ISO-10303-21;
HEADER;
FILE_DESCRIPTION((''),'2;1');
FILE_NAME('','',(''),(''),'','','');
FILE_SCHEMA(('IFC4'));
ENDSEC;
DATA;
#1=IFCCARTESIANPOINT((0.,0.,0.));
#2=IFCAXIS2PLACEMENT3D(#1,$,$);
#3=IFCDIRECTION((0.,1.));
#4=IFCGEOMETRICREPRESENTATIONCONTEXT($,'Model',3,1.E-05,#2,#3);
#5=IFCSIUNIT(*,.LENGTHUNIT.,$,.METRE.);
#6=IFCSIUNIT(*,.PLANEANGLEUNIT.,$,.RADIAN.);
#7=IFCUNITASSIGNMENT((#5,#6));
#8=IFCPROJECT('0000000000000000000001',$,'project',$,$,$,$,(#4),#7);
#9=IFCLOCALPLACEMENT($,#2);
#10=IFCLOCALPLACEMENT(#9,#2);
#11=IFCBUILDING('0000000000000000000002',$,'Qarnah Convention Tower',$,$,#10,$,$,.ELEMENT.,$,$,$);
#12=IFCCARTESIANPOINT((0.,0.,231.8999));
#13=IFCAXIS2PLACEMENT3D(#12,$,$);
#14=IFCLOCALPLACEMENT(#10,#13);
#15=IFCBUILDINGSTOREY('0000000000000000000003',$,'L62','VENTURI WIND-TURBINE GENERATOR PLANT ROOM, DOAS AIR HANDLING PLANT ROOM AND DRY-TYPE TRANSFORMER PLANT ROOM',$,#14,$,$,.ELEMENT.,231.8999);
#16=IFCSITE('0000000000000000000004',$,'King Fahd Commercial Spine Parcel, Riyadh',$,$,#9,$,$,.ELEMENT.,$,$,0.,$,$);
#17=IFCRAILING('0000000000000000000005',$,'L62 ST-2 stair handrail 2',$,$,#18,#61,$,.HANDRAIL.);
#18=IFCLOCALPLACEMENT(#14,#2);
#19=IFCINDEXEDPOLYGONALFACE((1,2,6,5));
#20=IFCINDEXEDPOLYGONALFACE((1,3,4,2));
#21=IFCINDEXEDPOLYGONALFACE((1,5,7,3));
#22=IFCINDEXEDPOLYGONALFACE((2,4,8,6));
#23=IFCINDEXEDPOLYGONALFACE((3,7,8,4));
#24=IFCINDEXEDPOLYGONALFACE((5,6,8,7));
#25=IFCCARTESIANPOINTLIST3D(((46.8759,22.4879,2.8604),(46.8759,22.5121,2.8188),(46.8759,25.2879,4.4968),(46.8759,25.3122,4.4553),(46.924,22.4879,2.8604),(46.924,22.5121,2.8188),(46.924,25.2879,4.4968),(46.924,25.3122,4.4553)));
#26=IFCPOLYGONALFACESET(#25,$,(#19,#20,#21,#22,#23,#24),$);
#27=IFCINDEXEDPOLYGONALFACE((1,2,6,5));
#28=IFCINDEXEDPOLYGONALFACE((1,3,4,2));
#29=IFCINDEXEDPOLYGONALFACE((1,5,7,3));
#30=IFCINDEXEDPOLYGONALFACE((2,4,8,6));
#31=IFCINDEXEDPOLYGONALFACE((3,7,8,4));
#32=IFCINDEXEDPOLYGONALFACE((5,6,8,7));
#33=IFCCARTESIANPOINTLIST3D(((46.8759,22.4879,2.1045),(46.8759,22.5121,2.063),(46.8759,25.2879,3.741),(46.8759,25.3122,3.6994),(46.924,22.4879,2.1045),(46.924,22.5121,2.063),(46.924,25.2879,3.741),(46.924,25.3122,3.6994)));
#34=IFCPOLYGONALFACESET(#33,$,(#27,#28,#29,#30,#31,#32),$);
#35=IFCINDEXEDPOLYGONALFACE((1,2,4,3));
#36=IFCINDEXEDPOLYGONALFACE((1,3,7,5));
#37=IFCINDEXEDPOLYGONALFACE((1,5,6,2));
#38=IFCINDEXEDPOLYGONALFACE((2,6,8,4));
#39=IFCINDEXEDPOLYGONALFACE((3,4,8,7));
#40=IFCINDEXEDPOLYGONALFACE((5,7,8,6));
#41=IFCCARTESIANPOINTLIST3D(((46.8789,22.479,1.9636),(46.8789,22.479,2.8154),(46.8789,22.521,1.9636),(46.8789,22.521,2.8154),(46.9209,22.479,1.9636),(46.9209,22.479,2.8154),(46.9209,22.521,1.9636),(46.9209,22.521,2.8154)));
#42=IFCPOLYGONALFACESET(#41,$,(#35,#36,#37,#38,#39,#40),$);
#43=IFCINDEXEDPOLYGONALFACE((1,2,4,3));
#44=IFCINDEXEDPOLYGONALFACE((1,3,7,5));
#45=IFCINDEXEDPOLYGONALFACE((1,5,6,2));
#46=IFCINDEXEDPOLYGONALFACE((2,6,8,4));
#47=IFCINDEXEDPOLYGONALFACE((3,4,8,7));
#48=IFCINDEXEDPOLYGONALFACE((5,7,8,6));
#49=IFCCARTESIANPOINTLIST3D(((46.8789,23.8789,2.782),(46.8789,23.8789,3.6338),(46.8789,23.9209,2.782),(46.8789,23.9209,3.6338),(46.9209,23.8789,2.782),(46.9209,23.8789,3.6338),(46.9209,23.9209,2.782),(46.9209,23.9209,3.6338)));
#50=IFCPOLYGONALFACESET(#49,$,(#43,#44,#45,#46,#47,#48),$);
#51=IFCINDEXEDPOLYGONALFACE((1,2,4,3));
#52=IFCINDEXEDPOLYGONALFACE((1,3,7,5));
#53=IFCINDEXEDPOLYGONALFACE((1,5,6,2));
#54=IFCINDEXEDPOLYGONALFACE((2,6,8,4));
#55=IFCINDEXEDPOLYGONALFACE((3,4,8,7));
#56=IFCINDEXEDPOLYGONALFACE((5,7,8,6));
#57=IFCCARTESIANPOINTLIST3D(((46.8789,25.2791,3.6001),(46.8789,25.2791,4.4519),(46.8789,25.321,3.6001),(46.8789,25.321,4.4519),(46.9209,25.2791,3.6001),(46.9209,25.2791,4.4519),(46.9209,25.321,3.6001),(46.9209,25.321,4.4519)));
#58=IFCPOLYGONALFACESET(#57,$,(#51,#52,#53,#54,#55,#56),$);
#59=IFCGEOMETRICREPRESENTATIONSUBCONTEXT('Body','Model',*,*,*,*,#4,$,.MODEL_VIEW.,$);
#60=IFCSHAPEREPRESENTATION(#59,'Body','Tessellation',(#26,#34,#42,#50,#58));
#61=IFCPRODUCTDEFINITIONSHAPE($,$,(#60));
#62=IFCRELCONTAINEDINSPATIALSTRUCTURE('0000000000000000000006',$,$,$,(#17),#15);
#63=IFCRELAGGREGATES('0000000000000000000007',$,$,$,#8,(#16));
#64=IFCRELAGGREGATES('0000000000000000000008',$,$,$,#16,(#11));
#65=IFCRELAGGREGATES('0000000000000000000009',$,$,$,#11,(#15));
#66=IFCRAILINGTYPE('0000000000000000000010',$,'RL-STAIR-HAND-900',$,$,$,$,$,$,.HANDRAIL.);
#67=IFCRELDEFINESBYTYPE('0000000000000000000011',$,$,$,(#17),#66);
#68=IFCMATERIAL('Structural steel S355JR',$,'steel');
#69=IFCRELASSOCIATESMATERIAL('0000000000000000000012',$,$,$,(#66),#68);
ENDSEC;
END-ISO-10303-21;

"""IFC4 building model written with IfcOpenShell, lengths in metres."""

from ifc_helpers import new_model, si_unit, direction, frame, origin, origin_2d, place, context, subcontext, project, spatial, rectangle, extrude, material, type_object, element, save


model = new_model("IFC4")

# Units and contexts
model_context = context("Model", 3, precision=1e-05, world=origin(), true_north=direction((0.0, 1.0)))
body_context = subcontext(model_context, "Body", "Model", "MODEL_VIEW")
ifc_project = project(units=[si_unit("LENGTHUNIT", "METRE"), si_unit("PLANEANGLEUNIT", "RADIAN")], contexts=[model_context])

# Site, building, storey
site_placement = place(None, origin())
site = spatial("IfcSite", under=ifc_project, at=site_placement, Name="King Fahd Commercial Spine Parcel, Riyadh", CompositionType="ELEMENT", RefElevation=0.0)
building_placement = place(site_placement, origin())
building = spatial("IfcBuilding", under=site, at=building_placement, Name="Qarnah Convention Tower", CompositionType="ELEMENT")
storey_placement = place(building_placement, frame((0.0, 0.0, 231.8999)))
storey = spatial("IfcBuildingStorey", under=building, at=storey_placement, Name="L62", Description="VENTURI WIND-TURBINE GENERATOR PLANT ROOM, DOAS AIR HANDLING PLANT ROOM AND DRY-TYPE TRANSFORMER PLANT ROOM", CompositionType="ELEMENT", Elevation=231.8999)

# Shared definitions
ifc_material_1 = material(Name="Structural steel S355JR", Category="steel")

# Railing
railing_type_1 = type_object("IfcRailingType", Name="RL-STAIR-HAND-900", PredefinedType="HANDRAIL", material=ifc_material_1)
railing_1_placement = place(storey_placement, frame((46.8999, 22.5, 1.9636)))
element("IfcRailing", 1, at=railing_1_placement, inside=storey, type_object=railing_type_1, Name="L62 ST-2 stair handrail 2", PredefinedType="HANDRAIL", context=body_context, shape_type="SweptSolid", body=[
    extrude(rectangle(XDim=0.0481, YDim=0.0481, at=origin_2d()), frame((0.0, 0.0, 0.876), z_axis=(0.0, 0.863361, 0.504587), x_axis=(-1.0, 0.0, 0.0)), (0.0, 0.0, 1.0), 3.2432),
    extrude(rectangle(XDim=0.0481, YDim=0.0481, at=origin_2d()), frame((0.0, 0.0, 0.1201), z_axis=(0.0, 0.863361, 0.504587), x_axis=(-1.0, 0.0, 0.0)), (0.0, 0.0, 1.0), 3.2432),
    extrude(rectangle(XDim=0.042, YDim=0.042, at=origin_2d()), origin(), (0.0, 0.0, 1.0), 0.8518),
    extrude(rectangle(XDim=0.042, YDim=0.042, at=origin_2d()), frame((0.0, 1.3999, 0.8184)), (0.0, 0.0, 1.0), 0.8518),
    extrude(rectangle(XDim=0.042, YDim=0.042, at=origin_2d()), frame((0.0, 2.8, 1.6365)), (0.0, 0.0, 1.0), 0.8518),
])

save(model, "model.ifc")
